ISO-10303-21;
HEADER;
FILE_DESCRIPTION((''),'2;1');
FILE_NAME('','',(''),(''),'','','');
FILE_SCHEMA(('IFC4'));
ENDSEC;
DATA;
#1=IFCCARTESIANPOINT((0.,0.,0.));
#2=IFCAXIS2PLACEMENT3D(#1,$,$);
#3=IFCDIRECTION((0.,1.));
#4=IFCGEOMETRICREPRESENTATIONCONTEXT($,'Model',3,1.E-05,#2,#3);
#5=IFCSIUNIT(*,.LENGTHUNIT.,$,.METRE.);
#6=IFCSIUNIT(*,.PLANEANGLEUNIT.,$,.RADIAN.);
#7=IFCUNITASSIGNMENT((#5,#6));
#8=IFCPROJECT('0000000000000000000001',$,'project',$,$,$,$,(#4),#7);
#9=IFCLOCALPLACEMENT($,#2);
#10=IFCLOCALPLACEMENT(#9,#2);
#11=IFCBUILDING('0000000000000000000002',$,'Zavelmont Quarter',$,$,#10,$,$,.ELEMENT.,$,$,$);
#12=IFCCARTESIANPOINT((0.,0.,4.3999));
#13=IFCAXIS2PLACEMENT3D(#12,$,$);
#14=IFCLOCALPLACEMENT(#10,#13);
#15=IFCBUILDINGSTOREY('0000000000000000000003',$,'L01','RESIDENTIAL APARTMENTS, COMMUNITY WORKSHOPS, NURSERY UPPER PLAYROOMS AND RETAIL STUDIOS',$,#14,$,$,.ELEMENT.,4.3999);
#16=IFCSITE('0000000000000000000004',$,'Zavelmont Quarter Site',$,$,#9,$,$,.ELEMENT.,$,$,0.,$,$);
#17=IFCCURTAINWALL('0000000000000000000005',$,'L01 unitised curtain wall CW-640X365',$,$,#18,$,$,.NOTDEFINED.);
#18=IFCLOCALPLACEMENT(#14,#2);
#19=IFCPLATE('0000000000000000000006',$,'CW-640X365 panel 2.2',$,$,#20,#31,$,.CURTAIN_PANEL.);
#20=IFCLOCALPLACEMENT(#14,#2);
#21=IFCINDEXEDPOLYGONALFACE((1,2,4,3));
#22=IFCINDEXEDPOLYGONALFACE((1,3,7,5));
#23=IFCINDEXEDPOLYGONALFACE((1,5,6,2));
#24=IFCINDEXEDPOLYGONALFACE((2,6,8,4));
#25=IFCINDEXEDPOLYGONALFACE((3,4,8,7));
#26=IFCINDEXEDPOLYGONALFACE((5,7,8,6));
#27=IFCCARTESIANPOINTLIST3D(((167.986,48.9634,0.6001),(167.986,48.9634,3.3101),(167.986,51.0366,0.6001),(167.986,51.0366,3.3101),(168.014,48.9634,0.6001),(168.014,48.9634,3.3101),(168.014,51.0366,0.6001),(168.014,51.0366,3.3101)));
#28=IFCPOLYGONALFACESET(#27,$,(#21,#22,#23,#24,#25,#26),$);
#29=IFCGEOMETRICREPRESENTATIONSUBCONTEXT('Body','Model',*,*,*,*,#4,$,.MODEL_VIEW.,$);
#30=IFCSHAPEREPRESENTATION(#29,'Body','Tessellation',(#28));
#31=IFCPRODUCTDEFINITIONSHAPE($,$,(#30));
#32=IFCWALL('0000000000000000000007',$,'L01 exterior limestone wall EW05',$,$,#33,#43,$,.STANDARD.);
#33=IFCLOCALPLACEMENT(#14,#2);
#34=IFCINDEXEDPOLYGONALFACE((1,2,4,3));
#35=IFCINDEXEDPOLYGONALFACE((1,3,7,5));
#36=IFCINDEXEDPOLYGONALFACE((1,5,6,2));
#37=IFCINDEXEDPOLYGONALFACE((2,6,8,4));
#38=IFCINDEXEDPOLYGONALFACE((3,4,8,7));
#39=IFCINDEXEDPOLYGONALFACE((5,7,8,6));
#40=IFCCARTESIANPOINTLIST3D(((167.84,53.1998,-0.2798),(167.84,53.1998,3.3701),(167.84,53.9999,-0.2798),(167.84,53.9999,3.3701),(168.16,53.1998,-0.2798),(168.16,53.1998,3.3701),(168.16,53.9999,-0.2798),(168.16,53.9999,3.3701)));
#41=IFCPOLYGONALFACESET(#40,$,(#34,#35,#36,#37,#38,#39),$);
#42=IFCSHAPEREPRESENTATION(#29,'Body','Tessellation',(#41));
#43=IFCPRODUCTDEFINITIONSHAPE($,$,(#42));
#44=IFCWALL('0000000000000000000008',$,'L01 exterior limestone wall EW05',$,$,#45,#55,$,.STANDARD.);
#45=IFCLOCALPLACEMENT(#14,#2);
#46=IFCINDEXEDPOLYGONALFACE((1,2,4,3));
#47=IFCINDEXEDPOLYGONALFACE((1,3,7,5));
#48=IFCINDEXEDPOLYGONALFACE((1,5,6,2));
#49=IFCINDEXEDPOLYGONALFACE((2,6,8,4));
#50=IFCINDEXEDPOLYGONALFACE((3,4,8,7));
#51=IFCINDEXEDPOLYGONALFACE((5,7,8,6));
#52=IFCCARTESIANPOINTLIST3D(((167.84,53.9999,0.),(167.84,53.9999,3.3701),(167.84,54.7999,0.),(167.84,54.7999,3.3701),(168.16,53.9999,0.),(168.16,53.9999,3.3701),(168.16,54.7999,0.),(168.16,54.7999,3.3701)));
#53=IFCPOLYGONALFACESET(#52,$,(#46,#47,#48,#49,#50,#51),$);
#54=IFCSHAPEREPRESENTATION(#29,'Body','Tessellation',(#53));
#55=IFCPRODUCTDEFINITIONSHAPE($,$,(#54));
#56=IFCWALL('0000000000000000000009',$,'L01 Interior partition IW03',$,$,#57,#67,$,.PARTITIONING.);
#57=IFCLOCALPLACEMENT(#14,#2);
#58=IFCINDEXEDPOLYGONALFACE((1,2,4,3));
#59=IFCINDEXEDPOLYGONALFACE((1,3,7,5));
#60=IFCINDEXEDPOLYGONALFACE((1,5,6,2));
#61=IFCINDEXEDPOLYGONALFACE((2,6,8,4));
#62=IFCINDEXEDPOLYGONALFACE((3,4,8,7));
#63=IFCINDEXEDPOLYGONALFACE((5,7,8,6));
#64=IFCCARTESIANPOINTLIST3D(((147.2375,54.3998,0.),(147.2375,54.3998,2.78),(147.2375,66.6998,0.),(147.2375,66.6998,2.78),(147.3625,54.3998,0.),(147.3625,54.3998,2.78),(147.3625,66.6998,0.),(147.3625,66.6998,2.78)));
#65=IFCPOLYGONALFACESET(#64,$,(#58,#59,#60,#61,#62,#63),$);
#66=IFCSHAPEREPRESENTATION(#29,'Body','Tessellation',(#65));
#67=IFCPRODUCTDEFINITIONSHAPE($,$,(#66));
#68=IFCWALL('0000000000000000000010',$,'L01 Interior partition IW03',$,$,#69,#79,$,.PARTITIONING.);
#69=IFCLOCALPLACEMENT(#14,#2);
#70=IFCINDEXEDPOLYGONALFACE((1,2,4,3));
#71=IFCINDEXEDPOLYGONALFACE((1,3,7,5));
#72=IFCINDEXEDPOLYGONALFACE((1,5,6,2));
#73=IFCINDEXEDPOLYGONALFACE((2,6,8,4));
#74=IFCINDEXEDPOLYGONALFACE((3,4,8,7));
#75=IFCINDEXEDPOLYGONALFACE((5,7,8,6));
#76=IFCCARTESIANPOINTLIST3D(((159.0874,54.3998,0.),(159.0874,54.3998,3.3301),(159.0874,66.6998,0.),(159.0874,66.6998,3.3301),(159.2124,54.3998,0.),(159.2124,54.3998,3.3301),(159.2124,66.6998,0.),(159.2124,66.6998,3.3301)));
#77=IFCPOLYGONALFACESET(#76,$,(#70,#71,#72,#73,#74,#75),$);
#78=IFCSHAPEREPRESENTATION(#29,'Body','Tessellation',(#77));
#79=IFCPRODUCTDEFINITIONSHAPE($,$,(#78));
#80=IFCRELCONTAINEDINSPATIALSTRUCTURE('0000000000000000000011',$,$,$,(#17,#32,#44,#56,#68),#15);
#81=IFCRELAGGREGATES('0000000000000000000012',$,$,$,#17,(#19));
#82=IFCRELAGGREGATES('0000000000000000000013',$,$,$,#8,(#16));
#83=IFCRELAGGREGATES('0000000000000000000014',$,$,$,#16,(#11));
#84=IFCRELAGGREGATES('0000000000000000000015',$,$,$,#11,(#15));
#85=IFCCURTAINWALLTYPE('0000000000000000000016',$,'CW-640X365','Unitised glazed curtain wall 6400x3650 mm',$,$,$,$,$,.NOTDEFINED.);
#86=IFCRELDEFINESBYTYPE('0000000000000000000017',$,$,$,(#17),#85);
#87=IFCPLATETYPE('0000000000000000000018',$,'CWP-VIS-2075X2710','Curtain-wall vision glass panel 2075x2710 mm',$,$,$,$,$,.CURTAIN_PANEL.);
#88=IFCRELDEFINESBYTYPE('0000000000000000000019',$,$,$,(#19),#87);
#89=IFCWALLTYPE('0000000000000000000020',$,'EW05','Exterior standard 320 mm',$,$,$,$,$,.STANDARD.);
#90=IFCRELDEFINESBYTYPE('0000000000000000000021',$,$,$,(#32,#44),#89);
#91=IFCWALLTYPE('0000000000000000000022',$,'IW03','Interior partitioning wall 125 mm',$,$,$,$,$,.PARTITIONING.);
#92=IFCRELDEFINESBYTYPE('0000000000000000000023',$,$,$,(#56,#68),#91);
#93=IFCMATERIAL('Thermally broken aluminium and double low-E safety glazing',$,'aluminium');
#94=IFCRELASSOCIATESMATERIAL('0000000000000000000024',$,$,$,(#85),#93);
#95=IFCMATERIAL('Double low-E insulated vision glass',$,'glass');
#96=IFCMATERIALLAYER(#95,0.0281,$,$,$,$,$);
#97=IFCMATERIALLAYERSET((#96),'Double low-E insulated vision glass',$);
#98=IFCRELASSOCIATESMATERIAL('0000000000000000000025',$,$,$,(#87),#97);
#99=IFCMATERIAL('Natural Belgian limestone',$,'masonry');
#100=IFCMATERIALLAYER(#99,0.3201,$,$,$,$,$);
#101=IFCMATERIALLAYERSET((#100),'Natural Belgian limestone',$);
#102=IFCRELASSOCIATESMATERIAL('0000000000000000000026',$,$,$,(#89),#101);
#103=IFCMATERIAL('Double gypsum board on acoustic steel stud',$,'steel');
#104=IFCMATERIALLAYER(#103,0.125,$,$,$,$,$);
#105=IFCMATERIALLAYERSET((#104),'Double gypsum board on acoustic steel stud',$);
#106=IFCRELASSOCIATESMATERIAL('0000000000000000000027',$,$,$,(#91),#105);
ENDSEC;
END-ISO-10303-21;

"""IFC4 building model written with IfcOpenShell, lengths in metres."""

from ifc_helpers import new_model, si_unit, direction, frame, frame_2d, origin, origin_2d, place, context, subcontext, project, spatial, rectangle, extrude, material, layer, layer_set, type_object, element, aggregate, save


model = new_model("IFC4")

# Units and contexts
model_context = context("Model", 3, precision=1e-05, world=origin(), true_north=direction((0.0, 1.0)))
body_context = subcontext(model_context, "Body", "Model", "MODEL_VIEW")
ifc_project = project(units=[si_unit("LENGTHUNIT", "METRE"), si_unit("PLANEANGLEUNIT", "RADIAN")], contexts=[model_context])

# Site, building, storey
site_placement = place(None, origin())
site = spatial("IfcSite", under=ifc_project, at=site_placement, Name="Zavelmont Quarter Site", CompositionType="ELEMENT", RefElevation=0.0)
building_placement = place(site_placement, origin())
building = spatial("IfcBuilding", under=site, at=building_placement, Name="Zavelmont Quarter", CompositionType="ELEMENT")
storey_placement = place(building_placement, frame((0.0, 0.0, 4.3999)))
storey = spatial("IfcBuildingStorey", under=building, at=storey_placement, Name="L01", Description="RESIDENTIAL APARTMENTS, COMMUNITY WORKSHOPS, NURSERY UPPER PLAYROOMS AND RETAIL STUDIOS", CompositionType="ELEMENT", Elevation=4.3999)

# Curtain wall
ifc_material_1 = material(Name="Thermally broken aluminium and double low-E safety glazing", Category="aluminium")
curtain_wall_type_1 = type_object("IfcCurtainWallType", Name="CW-640X365", Description="Unitised glazed curtain wall 6400x3650 mm", PredefinedType="NOTDEFINED", material=ifc_material_1)
curtain_wall_1_placement = place(storey_placement, origin())
curtain_wall_1 = element("IfcCurtainWall", 1, at=curtain_wall_1_placement, inside=storey, type_object=curtain_wall_type_1, Name="L01 unitised curtain wall CW-640X365", PredefinedType="NOTDEFINED")

# Plate
ifc_material_2 = material(Name="Double low-E insulated vision glass", Category="glass")
ifc_layer_1 = layer(ifc_material_2, 0.0281)
ifc_layer_set_1 = layer_set([ifc_layer_1], Name="Double low-E insulated vision glass")
plate_type_1 = type_object("IfcPlateType", Name="CWP-VIS-2075X2710", Description="Curtain-wall vision glass panel 2075x2710 mm", PredefinedType="CURTAIN_PANEL", material=ifc_layer_set_1)
plate_1_placement = place(storey_placement, frame((168.0, 50.0, 0.6001), z_axis=(0.0, 0.0, 1.0), x_axis=(0.0, 1.0, 0.0)))
plate_1 = element("IfcPlate", 2, at=plate_1_placement, type_object=plate_type_1, Name="CW-640X365 panel 2.2", PredefinedType="CURTAIN_PANEL", context=body_context, shape_type="SweptSolid", body=[
    extrude(rectangle(XDim=2.0732, YDim=0.0281, at=origin_2d()), origin(), (0.0, 0.0, 1.0), 2.71),
])
aggregate(curtain_wall_1, [plate_1])

# Walls
ifc_material_3 = material(Name="Natural Belgian limestone", Category="masonry")
ifc_layer_2 = layer(ifc_material_3, 0.3201)
ifc_layer_set_2 = layer_set([ifc_layer_2], Name="Natural Belgian limestone")
wall_type_1 = type_object("IfcWallType", Name="EW05", Description="Exterior standard 320 mm", PredefinedType="STANDARD", material=ifc_layer_set_2)
wall_1_placement = place(storey_placement, frame((168.0, 53.2, -0.2798), z_axis=(0.0, 0.0, 1.0), x_axis=(0.0, 1.0, 0.0)))
element("IfcWall", 3, at=wall_1_placement, inside=storey, type_object=wall_type_1, Name="L01 exterior limestone wall EW05", PredefinedType="STANDARD", context=body_context, shape_type="SweptSolid", body=[
    extrude(rectangle(XDim=0.8, YDim=0.3201, at=frame_2d((0.3999, 0.0))), origin(), (0.0, 0.0, 1.0), 3.6499),
])
wall_2_placement = place(storey_placement, frame((168.0, 54.0, 0.0), z_axis=(0.0, 0.0, 1.0), x_axis=(0.0, 1.0, 0.0)))
element("IfcWall", 4, at=wall_2_placement, inside=storey, type_object=wall_type_1, Name="L01 exterior limestone wall EW05", PredefinedType="STANDARD", context=body_context, shape_type="SweptSolid", body=[
    extrude(rectangle(XDim=0.8, YDim=0.3201, at=frame_2d((0.3999, 0.0))), origin(), (0.0, 0.0, 1.0), 3.3701),
])
ifc_material_4 = material(Name="Double gypsum board on acoustic steel stud", Category="steel")
ifc_layer_3 = layer(ifc_material_4, 0.125)
ifc_layer_set_3 = layer_set([ifc_layer_3], Name="Double gypsum board on acoustic steel stud")
wall_type_2 = type_object("IfcWallType", Name="IW03", Description="Interior partitioning wall 125 mm", PredefinedType="PARTITIONING", material=ifc_layer_set_3)
wall_3_placement = place(storey_placement, frame((147.3, 54.3999, 0.0), z_axis=(0.0, 0.0, 1.0), x_axis=(0.0, 1.0, 0.0)))
element("IfcWall", 5, at=wall_3_placement, inside=storey, type_object=wall_type_2, Name="L01 Interior partition IW03", PredefinedType="PARTITIONING", context=body_context, shape_type="SweptSolid", body=[
    extrude(rectangle(XDim=12.3, YDim=0.125, at=frame_2d((6.1499, 0.0))), origin(), (0.0, 0.0, 1.0), 2.78),
])
wall_4_placement = place(storey_placement, frame((159.1499, 54.3999, 0.0), z_axis=(0.0, 0.0, 1.0), x_axis=(0.0, 1.0, 0.0)))
element("IfcWall", 6, at=wall_4_placement, inside=storey, type_object=wall_type_2, Name="L01 Interior partition IW03", PredefinedType="PARTITIONING", context=body_context, shape_type="SweptSolid", body=[
    extrude(rectangle(XDim=12.3, YDim=0.125, at=frame_2d((6.1499, 0.0))), origin(), (0.0, 0.0, 1.0), 3.3301),
])

save(model, "model.ifc")
